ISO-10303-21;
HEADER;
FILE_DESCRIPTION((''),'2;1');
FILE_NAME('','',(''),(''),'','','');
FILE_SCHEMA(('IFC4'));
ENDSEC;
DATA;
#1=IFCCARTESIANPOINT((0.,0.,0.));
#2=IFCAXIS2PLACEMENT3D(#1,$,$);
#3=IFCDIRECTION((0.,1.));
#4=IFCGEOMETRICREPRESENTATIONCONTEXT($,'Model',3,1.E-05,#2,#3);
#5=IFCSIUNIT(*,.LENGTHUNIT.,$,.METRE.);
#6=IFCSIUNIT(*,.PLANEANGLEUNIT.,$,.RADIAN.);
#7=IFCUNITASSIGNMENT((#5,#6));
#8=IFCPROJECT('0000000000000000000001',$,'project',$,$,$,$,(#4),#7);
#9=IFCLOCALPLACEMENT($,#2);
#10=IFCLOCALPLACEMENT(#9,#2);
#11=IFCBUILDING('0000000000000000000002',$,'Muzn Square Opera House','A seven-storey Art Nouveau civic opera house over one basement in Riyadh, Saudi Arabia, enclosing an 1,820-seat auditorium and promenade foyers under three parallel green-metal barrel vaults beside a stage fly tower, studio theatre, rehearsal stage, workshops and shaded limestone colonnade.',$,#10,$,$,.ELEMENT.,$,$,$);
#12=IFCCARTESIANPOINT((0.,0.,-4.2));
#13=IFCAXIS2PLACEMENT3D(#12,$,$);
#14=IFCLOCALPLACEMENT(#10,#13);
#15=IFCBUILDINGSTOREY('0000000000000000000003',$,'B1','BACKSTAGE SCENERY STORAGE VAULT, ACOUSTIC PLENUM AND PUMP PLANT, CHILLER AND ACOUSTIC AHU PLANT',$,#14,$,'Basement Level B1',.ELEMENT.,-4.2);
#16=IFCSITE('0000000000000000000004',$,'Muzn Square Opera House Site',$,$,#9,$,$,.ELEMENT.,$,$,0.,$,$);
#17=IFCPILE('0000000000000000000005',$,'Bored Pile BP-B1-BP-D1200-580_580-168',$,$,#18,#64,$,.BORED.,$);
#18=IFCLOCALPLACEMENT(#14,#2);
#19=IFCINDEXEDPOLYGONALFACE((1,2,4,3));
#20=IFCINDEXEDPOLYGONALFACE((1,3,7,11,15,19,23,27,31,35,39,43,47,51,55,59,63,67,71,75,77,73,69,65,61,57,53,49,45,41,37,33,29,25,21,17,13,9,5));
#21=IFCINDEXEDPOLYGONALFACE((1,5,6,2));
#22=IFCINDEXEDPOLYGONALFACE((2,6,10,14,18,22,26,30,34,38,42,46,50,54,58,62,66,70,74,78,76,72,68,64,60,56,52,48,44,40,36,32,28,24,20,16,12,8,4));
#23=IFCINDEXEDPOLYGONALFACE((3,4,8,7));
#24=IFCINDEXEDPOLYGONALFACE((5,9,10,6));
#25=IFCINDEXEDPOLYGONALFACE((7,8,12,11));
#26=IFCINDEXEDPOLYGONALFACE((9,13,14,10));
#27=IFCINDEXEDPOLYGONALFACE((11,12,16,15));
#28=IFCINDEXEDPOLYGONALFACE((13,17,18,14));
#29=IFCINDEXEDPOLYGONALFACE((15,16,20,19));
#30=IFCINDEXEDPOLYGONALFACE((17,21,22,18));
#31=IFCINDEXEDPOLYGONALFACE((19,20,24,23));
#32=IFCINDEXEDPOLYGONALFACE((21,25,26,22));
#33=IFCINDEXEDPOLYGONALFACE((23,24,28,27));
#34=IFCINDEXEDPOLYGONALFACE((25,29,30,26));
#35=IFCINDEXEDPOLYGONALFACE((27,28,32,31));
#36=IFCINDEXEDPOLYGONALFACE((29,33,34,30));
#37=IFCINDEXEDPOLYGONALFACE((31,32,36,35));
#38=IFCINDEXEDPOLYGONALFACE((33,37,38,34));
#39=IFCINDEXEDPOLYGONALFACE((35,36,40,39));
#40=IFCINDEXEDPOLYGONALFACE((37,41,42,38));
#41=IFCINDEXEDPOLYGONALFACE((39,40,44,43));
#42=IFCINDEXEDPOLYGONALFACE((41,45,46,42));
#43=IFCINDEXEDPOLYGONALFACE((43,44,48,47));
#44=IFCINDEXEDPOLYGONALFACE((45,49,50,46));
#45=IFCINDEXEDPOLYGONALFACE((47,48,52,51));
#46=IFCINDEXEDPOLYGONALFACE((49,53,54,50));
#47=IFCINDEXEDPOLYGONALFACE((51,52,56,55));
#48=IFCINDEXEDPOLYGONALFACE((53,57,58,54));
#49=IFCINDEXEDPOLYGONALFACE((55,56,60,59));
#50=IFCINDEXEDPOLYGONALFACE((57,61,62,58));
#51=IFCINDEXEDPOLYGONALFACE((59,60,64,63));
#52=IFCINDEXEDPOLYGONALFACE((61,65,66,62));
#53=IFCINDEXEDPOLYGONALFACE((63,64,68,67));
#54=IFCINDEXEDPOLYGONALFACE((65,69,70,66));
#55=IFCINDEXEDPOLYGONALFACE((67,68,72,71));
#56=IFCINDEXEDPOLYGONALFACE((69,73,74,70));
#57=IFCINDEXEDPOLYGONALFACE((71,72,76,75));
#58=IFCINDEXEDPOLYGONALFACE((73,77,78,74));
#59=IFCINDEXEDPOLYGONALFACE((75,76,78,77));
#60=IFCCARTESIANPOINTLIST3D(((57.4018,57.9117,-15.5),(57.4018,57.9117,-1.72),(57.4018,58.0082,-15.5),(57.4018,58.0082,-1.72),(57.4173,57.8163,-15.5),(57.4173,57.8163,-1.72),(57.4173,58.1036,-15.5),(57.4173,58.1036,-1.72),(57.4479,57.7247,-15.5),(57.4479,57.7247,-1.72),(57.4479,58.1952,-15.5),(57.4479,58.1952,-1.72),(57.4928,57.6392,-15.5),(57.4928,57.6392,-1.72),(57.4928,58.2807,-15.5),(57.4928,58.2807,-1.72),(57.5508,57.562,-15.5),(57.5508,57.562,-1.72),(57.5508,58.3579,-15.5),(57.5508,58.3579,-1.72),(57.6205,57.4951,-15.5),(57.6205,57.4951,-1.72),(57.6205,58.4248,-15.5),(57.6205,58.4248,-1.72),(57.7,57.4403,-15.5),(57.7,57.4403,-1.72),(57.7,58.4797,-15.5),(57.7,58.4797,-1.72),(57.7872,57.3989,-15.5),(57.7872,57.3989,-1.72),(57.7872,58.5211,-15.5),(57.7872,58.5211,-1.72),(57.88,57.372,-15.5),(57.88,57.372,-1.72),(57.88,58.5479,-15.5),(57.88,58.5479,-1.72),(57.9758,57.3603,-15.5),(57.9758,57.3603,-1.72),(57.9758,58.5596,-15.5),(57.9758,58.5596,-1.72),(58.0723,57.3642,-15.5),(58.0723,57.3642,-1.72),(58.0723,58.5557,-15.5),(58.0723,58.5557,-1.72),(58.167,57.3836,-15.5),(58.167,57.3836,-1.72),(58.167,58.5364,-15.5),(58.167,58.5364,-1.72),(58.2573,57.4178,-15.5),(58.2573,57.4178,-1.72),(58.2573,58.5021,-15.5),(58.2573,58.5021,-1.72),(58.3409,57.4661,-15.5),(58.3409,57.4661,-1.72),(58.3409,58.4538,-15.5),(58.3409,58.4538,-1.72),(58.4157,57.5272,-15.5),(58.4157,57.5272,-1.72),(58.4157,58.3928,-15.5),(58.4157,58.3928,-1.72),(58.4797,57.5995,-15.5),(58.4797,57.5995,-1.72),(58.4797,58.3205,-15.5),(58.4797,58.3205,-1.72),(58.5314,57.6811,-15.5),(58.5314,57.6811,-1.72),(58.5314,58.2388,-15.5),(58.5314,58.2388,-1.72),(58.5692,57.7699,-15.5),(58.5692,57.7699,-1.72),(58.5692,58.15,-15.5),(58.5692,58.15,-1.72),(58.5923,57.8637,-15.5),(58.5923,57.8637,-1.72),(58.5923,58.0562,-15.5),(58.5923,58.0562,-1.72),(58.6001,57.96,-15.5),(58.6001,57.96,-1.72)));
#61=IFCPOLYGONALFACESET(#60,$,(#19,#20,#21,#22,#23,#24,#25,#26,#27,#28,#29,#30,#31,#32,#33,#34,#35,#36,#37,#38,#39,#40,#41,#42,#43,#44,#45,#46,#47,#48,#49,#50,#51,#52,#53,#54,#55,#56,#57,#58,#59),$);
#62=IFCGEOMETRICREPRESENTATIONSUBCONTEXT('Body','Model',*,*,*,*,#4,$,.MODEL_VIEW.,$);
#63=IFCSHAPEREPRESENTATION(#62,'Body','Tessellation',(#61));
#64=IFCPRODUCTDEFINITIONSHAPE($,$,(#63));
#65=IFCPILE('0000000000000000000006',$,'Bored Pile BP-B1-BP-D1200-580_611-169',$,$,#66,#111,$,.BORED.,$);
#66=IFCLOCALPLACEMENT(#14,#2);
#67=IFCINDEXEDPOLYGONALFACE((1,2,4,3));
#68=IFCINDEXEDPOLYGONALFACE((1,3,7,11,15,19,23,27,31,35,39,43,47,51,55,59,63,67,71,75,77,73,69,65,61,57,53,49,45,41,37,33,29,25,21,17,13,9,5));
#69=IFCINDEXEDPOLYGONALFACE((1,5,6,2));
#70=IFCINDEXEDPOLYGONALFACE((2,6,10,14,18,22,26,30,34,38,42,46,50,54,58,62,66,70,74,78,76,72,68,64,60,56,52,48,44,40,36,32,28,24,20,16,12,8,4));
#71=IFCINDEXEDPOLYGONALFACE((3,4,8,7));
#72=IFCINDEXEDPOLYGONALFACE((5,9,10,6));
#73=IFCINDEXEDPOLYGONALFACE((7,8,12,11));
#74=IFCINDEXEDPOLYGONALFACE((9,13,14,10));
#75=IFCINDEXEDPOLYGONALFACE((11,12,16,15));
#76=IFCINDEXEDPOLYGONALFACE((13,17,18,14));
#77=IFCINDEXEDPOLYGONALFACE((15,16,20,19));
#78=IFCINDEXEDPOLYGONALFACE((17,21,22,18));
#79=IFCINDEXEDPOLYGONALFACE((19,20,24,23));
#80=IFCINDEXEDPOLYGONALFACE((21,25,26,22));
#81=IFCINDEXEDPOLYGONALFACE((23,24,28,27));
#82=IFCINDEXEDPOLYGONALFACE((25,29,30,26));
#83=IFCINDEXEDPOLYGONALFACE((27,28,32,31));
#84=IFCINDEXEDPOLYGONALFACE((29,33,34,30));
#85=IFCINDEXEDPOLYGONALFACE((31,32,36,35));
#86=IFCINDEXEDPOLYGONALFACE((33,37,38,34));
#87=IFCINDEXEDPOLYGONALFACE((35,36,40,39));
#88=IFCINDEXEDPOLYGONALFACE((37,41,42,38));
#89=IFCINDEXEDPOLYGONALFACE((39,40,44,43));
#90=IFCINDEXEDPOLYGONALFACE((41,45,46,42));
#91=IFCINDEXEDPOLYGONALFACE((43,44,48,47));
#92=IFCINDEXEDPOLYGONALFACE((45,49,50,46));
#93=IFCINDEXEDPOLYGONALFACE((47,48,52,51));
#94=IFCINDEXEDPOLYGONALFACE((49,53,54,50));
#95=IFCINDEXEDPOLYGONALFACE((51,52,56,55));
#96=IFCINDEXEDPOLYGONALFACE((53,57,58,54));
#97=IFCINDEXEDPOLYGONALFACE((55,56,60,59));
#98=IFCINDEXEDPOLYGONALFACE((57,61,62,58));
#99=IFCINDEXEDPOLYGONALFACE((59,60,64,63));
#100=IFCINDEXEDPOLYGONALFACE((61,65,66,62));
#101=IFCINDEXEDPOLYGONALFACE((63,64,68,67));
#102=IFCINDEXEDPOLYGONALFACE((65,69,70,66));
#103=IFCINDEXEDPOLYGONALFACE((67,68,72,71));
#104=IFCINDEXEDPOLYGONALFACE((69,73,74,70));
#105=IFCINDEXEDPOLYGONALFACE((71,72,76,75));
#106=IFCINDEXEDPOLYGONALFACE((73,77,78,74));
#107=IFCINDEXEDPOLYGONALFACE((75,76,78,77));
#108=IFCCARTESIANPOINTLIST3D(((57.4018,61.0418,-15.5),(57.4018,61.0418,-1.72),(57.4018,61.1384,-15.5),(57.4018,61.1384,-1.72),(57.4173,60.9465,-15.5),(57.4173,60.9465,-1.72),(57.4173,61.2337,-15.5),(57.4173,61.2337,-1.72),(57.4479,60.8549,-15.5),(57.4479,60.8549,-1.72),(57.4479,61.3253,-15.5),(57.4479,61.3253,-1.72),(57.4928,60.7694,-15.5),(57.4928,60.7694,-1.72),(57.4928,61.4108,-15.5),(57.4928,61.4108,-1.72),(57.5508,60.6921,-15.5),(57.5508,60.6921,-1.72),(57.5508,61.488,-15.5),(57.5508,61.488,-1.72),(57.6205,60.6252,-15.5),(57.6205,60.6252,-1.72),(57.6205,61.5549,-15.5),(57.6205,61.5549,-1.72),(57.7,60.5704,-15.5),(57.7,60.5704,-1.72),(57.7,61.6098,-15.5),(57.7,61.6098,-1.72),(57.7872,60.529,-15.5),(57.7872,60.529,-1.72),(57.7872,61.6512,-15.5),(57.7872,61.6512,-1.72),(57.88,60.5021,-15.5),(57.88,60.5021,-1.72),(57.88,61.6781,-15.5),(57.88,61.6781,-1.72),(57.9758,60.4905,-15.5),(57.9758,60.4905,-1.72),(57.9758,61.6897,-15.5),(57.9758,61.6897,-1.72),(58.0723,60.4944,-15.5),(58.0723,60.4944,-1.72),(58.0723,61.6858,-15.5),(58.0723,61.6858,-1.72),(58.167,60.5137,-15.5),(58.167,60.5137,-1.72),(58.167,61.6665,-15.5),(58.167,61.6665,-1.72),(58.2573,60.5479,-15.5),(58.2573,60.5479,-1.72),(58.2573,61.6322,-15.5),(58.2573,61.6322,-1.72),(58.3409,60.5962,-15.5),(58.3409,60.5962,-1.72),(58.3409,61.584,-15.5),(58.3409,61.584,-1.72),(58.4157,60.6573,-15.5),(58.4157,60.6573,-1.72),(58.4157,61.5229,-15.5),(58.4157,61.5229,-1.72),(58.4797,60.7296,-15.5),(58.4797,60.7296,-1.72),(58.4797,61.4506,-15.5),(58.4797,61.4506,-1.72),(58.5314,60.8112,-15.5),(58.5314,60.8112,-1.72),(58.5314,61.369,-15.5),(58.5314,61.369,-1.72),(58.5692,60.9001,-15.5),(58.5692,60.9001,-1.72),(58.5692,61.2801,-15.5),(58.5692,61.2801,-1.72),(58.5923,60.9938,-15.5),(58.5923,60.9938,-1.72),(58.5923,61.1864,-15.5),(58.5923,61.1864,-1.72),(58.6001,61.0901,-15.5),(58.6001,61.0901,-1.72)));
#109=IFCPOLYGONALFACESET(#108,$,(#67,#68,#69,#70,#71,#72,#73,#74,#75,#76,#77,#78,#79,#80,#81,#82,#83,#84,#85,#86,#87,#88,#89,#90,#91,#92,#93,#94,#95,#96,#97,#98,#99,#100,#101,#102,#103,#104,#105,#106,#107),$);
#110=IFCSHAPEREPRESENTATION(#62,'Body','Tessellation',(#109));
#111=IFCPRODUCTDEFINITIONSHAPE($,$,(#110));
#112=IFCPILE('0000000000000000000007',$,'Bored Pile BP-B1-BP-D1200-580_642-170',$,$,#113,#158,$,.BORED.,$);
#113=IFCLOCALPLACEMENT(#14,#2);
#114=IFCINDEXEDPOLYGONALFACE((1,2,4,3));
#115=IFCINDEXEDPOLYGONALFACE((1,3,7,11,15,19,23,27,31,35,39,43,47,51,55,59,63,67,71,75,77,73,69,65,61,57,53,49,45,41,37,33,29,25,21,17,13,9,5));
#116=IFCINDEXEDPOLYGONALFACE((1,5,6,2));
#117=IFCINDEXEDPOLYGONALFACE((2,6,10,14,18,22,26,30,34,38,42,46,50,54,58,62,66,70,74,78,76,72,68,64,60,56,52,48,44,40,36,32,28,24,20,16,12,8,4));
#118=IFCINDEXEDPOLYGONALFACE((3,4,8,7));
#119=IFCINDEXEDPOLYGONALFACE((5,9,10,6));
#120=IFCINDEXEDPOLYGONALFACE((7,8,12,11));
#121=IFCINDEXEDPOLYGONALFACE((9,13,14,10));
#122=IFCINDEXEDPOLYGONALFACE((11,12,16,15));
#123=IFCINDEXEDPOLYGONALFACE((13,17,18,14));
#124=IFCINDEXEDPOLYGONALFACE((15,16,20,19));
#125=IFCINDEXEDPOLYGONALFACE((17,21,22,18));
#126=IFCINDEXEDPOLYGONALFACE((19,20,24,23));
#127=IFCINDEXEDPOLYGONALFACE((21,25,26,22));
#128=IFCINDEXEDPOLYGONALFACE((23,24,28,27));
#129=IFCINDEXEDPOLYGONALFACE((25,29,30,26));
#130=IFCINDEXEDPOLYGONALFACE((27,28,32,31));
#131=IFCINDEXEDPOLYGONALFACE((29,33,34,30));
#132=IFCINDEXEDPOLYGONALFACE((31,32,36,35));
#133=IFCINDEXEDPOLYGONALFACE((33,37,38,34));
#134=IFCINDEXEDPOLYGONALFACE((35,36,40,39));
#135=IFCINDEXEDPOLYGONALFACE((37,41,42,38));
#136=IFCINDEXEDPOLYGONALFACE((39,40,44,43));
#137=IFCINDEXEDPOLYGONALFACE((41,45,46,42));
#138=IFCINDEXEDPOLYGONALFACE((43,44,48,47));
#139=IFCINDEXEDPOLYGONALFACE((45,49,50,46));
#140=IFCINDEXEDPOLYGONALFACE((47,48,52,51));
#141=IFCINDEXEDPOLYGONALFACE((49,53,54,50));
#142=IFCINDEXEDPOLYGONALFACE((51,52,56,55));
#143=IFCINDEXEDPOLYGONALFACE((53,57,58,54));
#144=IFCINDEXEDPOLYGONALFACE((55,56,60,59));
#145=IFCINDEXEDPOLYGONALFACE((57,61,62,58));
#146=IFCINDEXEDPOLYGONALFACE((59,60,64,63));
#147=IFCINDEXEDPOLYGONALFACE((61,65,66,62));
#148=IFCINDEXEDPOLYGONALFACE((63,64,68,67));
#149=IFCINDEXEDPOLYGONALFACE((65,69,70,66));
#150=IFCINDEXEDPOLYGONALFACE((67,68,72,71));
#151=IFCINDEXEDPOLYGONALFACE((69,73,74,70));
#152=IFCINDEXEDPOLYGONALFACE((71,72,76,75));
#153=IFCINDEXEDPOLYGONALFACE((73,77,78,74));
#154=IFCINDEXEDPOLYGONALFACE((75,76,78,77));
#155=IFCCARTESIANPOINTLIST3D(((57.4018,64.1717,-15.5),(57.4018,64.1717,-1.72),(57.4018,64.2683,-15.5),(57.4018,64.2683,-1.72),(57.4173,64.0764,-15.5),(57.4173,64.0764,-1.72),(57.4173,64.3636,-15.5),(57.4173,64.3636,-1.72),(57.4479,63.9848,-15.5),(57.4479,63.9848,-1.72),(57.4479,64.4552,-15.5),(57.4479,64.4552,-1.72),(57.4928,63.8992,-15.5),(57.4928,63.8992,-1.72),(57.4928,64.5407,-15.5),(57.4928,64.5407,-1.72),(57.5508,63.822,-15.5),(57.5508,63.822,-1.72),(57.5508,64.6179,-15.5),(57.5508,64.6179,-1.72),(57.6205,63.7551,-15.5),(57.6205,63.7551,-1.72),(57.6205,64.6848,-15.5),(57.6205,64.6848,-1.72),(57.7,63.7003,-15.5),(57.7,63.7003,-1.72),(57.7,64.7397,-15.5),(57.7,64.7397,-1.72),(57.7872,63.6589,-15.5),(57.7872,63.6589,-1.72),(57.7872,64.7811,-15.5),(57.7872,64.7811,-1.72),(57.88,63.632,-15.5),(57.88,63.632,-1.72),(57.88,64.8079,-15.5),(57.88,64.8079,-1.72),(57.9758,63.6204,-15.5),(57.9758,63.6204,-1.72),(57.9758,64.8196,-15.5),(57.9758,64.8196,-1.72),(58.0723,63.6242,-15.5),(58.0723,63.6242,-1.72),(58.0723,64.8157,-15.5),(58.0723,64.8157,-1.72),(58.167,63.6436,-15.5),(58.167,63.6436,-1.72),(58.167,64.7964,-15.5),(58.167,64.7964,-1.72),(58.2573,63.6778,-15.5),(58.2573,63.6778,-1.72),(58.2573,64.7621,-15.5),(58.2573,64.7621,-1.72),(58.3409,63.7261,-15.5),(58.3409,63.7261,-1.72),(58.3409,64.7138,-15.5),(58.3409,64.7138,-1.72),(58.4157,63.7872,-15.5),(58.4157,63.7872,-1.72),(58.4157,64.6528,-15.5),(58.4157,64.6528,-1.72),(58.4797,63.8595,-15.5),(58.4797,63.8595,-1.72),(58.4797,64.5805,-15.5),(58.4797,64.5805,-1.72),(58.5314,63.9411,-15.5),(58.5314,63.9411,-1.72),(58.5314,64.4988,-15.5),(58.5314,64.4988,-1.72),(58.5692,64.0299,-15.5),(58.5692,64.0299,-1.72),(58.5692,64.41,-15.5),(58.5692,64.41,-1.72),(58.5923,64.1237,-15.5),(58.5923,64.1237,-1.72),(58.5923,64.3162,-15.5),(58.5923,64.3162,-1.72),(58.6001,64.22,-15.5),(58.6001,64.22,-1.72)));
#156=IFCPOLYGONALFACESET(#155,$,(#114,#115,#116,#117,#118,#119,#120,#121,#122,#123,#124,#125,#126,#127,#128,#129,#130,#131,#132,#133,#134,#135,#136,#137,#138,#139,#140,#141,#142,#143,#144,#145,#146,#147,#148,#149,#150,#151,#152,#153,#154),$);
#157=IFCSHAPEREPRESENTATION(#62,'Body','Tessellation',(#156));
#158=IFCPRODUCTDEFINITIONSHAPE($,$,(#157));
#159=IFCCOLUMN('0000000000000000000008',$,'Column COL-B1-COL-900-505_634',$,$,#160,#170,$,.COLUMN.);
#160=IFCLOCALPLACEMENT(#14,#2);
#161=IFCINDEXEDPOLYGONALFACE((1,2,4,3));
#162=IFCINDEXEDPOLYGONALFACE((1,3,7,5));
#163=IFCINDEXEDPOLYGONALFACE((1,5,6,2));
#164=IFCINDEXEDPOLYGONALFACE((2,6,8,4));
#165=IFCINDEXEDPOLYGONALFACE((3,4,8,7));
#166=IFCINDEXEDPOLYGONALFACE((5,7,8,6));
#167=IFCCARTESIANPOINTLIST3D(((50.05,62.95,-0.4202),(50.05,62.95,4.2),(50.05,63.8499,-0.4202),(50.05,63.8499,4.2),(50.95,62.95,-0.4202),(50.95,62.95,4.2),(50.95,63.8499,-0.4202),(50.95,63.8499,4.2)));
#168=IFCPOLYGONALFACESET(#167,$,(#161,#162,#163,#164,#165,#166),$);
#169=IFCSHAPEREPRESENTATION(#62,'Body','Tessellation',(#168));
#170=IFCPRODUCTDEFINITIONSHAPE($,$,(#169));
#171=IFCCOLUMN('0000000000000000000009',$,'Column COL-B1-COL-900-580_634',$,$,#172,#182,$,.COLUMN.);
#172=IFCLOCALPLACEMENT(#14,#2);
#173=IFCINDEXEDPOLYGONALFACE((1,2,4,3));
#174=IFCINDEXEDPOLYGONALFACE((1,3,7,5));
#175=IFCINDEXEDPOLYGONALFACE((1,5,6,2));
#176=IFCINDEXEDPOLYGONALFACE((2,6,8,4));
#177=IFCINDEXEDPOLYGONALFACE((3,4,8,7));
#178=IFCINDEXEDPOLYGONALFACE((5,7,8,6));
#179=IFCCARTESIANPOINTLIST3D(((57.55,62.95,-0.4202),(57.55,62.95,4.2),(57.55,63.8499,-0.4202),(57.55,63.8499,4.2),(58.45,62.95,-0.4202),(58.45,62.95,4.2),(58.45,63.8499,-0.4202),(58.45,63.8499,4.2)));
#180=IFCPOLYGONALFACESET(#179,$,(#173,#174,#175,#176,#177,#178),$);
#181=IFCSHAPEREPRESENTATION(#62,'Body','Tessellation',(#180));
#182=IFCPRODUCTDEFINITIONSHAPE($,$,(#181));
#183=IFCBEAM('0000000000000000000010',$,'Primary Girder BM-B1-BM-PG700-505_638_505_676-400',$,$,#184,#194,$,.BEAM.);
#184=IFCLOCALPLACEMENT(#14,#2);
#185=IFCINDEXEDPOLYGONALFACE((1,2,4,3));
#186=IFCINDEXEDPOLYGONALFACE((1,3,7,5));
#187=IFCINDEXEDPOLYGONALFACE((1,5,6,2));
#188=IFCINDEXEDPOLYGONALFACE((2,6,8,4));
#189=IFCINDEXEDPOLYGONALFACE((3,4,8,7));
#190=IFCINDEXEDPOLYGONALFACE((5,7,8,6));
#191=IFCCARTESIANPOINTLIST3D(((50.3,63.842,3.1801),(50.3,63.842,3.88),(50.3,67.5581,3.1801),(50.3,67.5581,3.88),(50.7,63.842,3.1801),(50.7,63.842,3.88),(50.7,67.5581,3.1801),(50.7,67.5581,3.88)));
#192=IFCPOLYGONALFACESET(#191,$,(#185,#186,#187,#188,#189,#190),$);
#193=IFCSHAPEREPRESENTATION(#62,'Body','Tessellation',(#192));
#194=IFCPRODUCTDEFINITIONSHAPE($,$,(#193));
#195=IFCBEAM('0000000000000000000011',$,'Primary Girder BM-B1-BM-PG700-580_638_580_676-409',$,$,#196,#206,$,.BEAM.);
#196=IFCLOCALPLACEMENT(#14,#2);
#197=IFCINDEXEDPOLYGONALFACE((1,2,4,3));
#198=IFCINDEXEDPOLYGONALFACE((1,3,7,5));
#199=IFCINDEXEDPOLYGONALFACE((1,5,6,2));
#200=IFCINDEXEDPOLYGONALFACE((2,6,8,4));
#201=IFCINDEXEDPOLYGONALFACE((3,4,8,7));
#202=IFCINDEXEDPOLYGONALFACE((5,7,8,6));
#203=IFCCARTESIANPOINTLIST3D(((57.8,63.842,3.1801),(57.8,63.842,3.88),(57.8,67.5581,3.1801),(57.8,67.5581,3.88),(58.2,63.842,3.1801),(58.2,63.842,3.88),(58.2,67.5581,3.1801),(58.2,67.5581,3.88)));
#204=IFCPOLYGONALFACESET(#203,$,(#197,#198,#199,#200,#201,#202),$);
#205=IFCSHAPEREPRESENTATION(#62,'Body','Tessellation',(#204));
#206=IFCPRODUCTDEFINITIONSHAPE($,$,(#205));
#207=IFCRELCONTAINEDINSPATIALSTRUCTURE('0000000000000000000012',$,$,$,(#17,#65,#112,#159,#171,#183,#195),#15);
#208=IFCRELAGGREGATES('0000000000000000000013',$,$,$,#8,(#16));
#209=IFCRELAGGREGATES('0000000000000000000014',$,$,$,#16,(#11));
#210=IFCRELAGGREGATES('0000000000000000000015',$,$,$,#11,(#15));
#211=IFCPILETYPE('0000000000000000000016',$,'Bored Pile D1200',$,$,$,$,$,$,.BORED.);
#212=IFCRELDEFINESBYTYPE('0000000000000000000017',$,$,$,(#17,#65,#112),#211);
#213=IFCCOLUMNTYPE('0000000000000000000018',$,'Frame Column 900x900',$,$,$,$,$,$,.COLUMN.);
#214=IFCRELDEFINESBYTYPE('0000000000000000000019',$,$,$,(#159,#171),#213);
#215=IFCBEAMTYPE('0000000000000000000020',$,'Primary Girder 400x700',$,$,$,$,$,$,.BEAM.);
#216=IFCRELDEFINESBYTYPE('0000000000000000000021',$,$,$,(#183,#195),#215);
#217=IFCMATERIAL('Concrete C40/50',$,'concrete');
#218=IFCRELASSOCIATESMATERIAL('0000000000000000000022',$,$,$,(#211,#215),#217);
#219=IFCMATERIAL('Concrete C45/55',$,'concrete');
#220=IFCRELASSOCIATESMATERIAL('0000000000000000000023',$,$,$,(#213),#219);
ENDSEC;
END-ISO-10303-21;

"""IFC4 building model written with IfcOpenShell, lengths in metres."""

from ifc_helpers import new_model, si_unit, direction, frame, origin, origin_2d, place, context, subcontext, project, spatial, rectangle, circle, extrude, material, material_profile, profile_set, type_object, element, save


model = new_model("IFC4")

# Units and contexts
model_context = context("Model", 3, precision=1e-05, world=origin(), true_north=direction((0.0, 1.0)))
body_context = subcontext(model_context, "Body", "Model", "MODEL_VIEW")
ifc_project = project(units=[si_unit("LENGTHUNIT", "METRE"), si_unit("PLANEANGLEUNIT", "RADIAN")], contexts=[model_context])

# Site, building, storey
site_placement = place(None, origin())
site = spatial("IfcSite", under=ifc_project, at=site_placement, Name="Muzn Square Opera House Site", CompositionType="ELEMENT", RefElevation=0.0)
building_placement = place(site_placement, origin())
building = spatial("IfcBuilding", under=site, at=building_placement, Name="Muzn Square Opera House", Description="A seven-storey Art Nouveau civic opera house over one basement in Riyadh, Saudi Arabia, enclosing an 1,820-seat auditorium and promenade foyers under three parallel green-metal barrel vaults beside a stage fly tower, studio theatre, rehearsal stage, workshops and shaded limestone colonnade.", CompositionType="ELEMENT")
storey_placement = place(building_placement, frame((0.0, 0.0, -4.2)))
storey = spatial("IfcBuildingStorey", under=building, at=storey_placement, Name="B1", Description="BACKSTAGE SCENERY STORAGE VAULT, ACOUSTIC PLENUM AND PUMP PLANT, CHILLER AND ACOUSTIC AHU PLANT", LongName="Basement Level B1", CompositionType="ELEMENT", Elevation=-4.2)

# Piles
ifc_material_1 = material(Name="Concrete C40/50", Category="concrete")
ifc_material_profile_1 = material_profile(ifc_material_1, circle(Radius=0.6001, at=origin_2d()), Name="BORED PILE D1200", Category="concrete")
ifc_profile_set_1 = profile_set([ifc_material_profile_1], Name="Concrete C40/50")
pile_type = type_object("IfcPileType", Name="Bored Pile D1200", PredefinedType="BORED", material=ifc_profile_set_1)
for number, where, z_axis, x_axis, name in (
    (1, (58.0, 57.96, -1.72), (0.0, 0.0, -1.0), (1.0, 0.0, 0.0), "Bored Pile BP-B1-BP-D1200-580_580-168"),
    (2, (58.0, 61.0901, -1.72), (0.0, 0.0, -1.0), (1.0, 0.0, 0.0), "Bored Pile BP-B1-BP-D1200-580_611-169"),
    (3, (58.0, 64.22, -1.72), (0.0, 0.0, -1.0), (1.0, 0.0, 0.0), "Bored Pile BP-B1-BP-D1200-580_642-170"),
):
    element("IfcPile", number, at=place(storey_placement, frame(where, z_axis=z_axis, x_axis=x_axis)), inside=storey, type_object=pile_type, Name=name, PredefinedType="BORED", context=body_context, shape_type="SweptSolid", body=[
        extrude(circle(Radius=0.6001, at=origin_2d()), origin(), (0.0, 0.0, 1.0), 13.78),
    ])

# Columns
ifc_material_2 = material(Name="Concrete C45/55", Category="concrete")
ifc_material_profile_2 = material_profile(ifc_material_2, rectangle(XDim=0.8999, YDim=0.8999, at=origin_2d()), Name="RC 900x900", Category="concrete")
ifc_profile_set_2 = profile_set([ifc_material_profile_2], Name="Concrete C45/55")
column_type = type_object("IfcColumnType", Name="Frame Column 900x900", PredefinedType="COLUMN", material=ifc_profile_set_2)
for number, where, z_axis, x_axis, name in (
    (4, (50.5, 63.3999, -0.4202), (0.0, 0.0, 1.0), (1.0, 0.0, 0.0), "Column COL-B1-COL-900-505_634"),
    (5, (58.0, 63.3999, -0.4202), (0.0, 0.0, 1.0), (1.0, 0.0, 0.0), "Column COL-B1-COL-900-580_634"),
):
    element("IfcColumn", number, at=place(storey_placement, frame(where, z_axis=z_axis, x_axis=x_axis)), inside=storey, type_object=column_type, Name=name, PredefinedType="COLUMN", context=body_context, shape_type="SweptSolid", body=[
        extrude(rectangle(XDim=0.8999, YDim=0.8999, at=origin_2d()), origin(), (0.0, 0.0, 1.0), 4.6201),
    ])

# Beams
ifc_material_profile_3 = material_profile(ifc_material_1, rectangle(XDim=0.3999, YDim=0.7, at=origin_2d()), Name="RCB 400x700", Category="concrete")
ifc_profile_set_3 = profile_set([ifc_material_profile_3], Name="Concrete C40/50")
beam_type_1 = type_object("IfcBeamType", Name="Primary Girder 400x700", PredefinedType="BEAM", material=ifc_profile_set_3)
for number, where, z_axis, x_axis, name in (
    (6, (50.5, 63.842, 3.53), (0.0, 1.0, 0.0), (-1.0, 0.0, 0.0), "Primary Girder BM-B1-BM-PG700-505_638_505_676-400"),
    (7, (58.0, 63.842, 3.53), (0.0, 1.0, 0.0), (-1.0, 0.0, 0.0), "Primary Girder BM-B1-BM-PG700-580_638_580_676-409"),
):
    element("IfcBeam", number, at=place(storey_placement, frame(where, z_axis=z_axis, x_axis=x_axis)), inside=storey, type_object=beam_type_1, Name=name, PredefinedType="BEAM", context=body_context, shape_type="SweptSolid", body=[
        extrude(rectangle(XDim=0.3999, YDim=0.7, at=origin_2d()), origin(), (0.0, 0.0, 1.0), 3.7161),
    ])

save(model, "model.ifc")
